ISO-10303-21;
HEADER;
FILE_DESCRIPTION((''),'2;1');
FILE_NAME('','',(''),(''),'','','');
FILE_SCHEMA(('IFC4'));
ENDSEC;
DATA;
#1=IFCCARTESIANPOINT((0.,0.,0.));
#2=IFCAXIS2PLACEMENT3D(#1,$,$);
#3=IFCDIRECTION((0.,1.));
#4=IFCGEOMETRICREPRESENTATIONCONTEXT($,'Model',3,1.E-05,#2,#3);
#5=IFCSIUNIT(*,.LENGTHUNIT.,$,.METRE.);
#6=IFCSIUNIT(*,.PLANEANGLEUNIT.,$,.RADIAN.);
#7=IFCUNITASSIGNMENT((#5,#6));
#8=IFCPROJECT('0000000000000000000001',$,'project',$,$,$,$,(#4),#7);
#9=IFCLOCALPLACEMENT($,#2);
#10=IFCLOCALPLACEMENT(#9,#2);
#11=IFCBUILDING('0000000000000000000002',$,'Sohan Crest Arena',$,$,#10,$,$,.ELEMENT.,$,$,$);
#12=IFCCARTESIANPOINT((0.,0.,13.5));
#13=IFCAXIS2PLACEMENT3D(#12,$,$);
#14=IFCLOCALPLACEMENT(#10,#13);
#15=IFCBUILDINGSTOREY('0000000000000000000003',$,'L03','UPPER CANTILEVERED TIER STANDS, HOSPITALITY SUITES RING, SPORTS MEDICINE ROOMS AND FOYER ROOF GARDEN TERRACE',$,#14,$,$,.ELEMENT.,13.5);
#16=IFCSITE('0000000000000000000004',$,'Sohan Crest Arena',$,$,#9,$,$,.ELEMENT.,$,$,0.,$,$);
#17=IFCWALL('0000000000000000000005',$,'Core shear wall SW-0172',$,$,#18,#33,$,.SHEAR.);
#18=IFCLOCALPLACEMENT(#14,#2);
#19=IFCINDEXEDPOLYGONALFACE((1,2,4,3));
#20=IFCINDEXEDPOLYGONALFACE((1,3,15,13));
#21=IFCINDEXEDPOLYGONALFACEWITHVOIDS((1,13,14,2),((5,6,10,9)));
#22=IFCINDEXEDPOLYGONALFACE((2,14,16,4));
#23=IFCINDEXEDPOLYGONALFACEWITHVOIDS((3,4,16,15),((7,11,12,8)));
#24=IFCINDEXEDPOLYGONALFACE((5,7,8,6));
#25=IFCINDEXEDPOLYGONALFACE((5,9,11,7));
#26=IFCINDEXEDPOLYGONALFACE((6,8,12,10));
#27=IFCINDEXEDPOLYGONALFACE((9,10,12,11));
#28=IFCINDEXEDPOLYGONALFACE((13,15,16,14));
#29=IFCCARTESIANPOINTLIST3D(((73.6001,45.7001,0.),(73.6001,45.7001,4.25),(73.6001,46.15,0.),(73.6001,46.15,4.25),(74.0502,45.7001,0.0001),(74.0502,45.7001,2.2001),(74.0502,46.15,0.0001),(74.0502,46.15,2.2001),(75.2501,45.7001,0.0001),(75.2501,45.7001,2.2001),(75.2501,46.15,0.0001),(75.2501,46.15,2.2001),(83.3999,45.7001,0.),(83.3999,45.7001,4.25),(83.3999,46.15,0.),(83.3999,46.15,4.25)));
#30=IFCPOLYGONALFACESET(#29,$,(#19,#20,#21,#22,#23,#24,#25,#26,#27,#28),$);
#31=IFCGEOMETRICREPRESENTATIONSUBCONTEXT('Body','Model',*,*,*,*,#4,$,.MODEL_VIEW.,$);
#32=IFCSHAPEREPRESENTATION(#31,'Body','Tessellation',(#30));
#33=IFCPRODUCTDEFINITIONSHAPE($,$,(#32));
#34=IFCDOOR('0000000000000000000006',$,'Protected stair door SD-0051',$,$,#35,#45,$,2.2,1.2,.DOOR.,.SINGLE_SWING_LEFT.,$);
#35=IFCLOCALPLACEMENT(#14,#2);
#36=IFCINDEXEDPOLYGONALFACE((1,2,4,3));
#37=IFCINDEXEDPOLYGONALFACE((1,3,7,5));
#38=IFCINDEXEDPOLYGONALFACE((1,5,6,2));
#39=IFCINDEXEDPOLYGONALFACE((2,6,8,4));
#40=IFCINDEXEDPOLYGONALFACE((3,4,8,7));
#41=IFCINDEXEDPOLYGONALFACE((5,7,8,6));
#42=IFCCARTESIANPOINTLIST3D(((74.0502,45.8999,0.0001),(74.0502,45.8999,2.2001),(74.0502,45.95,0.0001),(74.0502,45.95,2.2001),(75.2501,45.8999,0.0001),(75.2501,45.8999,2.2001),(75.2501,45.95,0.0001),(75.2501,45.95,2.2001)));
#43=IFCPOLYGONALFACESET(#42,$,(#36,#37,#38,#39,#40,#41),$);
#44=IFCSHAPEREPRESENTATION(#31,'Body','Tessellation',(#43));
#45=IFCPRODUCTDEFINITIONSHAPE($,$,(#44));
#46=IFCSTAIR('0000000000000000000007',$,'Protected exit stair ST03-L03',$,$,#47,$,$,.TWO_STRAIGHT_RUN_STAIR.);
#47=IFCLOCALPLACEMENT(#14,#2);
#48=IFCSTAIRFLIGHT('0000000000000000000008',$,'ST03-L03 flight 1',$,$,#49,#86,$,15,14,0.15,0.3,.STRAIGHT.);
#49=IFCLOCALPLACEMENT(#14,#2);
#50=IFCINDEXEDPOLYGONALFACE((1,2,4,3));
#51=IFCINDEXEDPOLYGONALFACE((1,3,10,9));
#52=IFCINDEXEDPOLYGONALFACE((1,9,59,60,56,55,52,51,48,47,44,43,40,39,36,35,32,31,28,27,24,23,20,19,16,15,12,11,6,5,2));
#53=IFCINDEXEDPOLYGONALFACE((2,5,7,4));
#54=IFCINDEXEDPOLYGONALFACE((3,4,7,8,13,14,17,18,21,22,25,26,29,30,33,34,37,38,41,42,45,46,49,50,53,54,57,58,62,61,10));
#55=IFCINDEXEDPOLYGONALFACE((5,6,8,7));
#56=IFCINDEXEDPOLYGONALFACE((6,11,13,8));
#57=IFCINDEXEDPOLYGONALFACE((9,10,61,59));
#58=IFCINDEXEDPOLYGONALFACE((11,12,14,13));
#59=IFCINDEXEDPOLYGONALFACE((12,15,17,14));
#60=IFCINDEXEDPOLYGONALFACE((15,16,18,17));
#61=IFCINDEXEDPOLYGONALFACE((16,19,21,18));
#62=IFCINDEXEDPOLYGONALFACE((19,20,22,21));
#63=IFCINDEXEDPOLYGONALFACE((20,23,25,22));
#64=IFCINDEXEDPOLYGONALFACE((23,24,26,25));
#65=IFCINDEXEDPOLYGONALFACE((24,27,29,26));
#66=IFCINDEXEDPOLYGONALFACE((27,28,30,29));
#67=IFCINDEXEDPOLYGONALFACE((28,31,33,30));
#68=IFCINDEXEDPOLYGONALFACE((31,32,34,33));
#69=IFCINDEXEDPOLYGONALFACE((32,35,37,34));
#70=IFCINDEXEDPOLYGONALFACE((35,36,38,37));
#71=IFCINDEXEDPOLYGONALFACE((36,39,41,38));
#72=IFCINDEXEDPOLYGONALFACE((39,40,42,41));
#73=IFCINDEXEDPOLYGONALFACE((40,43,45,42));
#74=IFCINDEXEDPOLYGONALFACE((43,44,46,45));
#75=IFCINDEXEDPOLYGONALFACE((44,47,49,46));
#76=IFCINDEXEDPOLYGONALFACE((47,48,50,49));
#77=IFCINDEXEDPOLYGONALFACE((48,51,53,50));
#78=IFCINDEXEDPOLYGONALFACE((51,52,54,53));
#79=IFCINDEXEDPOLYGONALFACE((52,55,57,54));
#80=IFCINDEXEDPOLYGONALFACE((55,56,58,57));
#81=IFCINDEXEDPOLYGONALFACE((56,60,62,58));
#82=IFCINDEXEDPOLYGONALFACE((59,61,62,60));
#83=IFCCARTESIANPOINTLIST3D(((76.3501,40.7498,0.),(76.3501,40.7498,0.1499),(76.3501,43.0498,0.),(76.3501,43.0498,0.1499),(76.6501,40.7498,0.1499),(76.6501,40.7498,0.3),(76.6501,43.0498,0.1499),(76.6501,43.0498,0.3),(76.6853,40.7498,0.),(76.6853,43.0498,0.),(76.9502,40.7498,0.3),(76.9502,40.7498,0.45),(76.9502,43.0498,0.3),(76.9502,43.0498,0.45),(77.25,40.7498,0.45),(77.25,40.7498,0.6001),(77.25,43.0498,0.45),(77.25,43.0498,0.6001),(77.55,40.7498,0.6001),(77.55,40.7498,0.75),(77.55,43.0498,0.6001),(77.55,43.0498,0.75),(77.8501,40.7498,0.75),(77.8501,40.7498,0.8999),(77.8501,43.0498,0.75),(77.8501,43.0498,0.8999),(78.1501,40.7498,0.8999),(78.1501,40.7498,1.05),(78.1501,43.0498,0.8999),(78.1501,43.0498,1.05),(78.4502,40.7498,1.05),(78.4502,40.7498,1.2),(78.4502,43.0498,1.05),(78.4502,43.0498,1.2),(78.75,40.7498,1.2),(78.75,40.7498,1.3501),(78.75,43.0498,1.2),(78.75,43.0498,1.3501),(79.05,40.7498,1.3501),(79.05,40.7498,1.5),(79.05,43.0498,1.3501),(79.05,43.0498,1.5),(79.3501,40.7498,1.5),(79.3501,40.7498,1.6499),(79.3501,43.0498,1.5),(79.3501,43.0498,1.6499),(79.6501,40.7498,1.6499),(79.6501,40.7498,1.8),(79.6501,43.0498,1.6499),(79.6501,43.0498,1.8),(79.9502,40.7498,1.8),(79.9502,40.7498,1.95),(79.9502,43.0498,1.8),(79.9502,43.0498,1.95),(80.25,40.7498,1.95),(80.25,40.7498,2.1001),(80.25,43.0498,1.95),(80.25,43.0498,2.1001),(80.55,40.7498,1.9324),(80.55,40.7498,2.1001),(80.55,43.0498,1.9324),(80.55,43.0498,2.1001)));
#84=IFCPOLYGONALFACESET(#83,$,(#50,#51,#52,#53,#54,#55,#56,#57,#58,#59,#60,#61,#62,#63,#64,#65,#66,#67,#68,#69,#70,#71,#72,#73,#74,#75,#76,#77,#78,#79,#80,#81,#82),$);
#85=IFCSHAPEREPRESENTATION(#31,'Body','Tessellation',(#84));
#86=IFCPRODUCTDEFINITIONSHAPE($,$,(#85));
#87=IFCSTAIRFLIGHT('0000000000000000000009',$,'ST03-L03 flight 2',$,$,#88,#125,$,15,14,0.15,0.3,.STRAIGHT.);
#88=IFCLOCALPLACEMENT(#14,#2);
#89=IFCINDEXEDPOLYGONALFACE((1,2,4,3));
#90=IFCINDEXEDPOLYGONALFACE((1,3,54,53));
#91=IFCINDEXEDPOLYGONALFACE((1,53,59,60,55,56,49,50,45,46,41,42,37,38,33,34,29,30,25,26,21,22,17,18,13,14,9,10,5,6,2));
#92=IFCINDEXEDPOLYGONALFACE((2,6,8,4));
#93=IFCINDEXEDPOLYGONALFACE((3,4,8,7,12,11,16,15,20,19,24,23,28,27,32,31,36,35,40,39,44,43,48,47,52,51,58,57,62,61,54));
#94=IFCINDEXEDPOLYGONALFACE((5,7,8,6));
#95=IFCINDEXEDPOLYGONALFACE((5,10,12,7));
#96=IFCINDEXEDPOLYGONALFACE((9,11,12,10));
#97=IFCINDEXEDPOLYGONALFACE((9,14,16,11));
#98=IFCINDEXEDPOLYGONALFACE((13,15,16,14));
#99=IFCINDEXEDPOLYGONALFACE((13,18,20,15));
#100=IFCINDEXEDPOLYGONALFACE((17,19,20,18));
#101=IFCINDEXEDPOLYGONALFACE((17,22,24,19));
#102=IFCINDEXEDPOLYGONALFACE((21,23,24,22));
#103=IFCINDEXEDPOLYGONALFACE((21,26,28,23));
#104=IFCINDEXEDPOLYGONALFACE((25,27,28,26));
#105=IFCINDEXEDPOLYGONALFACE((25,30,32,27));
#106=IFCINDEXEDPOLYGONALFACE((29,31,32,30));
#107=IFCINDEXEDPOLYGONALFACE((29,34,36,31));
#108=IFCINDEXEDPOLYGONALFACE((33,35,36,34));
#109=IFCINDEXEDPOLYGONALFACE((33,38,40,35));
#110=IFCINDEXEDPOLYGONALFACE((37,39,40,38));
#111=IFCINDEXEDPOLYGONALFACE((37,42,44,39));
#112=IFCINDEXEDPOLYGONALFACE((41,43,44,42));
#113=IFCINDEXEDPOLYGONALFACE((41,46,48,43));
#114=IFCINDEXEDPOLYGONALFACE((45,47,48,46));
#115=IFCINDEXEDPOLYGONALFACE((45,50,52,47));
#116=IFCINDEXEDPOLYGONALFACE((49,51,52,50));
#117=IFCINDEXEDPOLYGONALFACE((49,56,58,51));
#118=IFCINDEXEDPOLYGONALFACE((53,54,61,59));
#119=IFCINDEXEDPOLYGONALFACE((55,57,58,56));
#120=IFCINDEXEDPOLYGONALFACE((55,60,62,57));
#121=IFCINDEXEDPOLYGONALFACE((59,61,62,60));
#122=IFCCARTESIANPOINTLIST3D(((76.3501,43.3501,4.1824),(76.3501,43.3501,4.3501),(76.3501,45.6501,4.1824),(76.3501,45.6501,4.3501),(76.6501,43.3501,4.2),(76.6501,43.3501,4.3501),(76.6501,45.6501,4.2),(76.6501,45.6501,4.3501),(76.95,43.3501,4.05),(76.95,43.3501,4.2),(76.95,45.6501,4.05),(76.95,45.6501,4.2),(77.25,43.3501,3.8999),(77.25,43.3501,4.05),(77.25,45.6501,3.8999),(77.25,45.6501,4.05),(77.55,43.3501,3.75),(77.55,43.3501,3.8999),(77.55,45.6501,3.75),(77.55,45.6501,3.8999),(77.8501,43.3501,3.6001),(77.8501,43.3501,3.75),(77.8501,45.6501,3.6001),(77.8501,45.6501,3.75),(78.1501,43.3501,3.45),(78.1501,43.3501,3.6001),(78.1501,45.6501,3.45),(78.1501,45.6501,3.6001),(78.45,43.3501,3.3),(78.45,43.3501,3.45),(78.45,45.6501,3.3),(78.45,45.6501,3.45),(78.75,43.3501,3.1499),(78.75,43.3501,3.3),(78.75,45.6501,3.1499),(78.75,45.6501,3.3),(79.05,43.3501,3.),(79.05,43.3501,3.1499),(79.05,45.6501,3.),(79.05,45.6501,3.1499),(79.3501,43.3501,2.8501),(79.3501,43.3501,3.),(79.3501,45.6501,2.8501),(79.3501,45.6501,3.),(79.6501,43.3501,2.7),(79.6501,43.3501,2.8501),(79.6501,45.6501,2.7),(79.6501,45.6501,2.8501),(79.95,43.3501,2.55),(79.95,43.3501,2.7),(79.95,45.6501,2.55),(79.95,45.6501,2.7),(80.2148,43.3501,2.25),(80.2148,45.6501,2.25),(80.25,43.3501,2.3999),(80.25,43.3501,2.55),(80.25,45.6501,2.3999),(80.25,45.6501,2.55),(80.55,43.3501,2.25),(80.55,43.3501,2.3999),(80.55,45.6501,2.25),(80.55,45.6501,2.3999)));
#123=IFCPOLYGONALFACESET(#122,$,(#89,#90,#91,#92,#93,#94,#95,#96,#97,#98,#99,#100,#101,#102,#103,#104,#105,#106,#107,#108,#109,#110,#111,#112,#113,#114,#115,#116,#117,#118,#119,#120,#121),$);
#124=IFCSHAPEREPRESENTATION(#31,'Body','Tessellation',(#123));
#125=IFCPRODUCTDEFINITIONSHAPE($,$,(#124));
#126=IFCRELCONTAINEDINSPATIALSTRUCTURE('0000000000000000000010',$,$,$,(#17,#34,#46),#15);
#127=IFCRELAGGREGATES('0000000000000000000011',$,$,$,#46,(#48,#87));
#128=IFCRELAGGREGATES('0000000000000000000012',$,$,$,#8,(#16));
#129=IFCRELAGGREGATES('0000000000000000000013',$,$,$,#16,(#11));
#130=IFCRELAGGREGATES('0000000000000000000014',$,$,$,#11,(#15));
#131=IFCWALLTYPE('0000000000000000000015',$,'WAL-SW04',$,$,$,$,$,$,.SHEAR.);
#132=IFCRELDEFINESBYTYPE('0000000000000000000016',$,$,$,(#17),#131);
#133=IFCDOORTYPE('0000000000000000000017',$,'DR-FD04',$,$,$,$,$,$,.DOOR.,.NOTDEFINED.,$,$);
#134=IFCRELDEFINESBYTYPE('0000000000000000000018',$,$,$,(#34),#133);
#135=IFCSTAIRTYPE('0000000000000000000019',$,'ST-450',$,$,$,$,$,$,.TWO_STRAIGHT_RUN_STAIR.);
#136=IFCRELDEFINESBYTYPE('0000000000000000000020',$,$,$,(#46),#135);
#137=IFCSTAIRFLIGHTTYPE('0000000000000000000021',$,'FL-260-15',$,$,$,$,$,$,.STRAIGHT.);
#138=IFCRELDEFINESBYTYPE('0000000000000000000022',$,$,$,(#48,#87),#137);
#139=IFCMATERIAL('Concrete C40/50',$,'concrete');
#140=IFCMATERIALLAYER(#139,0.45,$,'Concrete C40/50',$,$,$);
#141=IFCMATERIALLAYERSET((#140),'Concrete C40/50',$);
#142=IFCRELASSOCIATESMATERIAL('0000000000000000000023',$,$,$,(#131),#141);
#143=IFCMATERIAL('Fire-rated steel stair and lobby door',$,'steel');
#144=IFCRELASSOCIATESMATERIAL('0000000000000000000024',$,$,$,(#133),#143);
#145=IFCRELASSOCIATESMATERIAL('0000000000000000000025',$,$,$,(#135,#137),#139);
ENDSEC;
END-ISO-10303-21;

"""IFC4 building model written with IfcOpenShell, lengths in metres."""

from ifc_helpers import new_model, si_unit, direction, frame, frame_2d, origin, place, context, subcontext, project, spatial, polyline, rectangle, outline, extrude, material, layer, layer_set, type_object, element, fill, aggregate, save


model = new_model("IFC4")

# Units and contexts
model_context = context("Model", 3, precision=1e-05, world=origin(), true_north=direction((0.0, 1.0)))
body_context = subcontext(model_context, "Body", "Model", "MODEL_VIEW")
ifc_project = project(units=[si_unit("LENGTHUNIT", "METRE"), si_unit("PLANEANGLEUNIT", "RADIAN")], contexts=[model_context])

# Site, building, storey
site_placement = place(None, origin())
site = spatial("IfcSite", under=ifc_project, at=site_placement, Name="Sohan Crest Arena", CompositionType="ELEMENT", RefElevation=0.0)
building_placement = place(site_placement, origin())
building = spatial("IfcBuilding", under=site, at=building_placement, Name="Sohan Crest Arena", CompositionType="ELEMENT")
storey_placement = place(building_placement, frame((0.0, 0.0, 13.5)))
storey = spatial("IfcBuildingStorey", under=building, at=storey_placement, Name="L03", Description="UPPER CANTILEVERED TIER STANDS, HOSPITALITY SUITES RING, SPORTS MEDICINE ROOMS AND FOYER ROOF GARDEN TERRACE", CompositionType="ELEMENT", Elevation=13.5)

# Shared definitions
ifc_material_1 = material(Name="Concrete C40/50", Category="concrete")
ifc_layer_1 = layer(ifc_material_1, 0.45, Name="Concrete C40/50")
ifc_layer_set_1 = layer_set([ifc_layer_1], Name="Concrete C40/50")
wall_type = type_object("IfcWallType", Name="WAL-SW04", PredefinedType="SHEAR", material=ifc_layer_set_1)

# Wall, opening, door
wall_1_placement = place(storey_placement, frame((73.6001, 45.925, 0.0), z_axis=(0.0, 0.0, 1.0), x_axis=(1.0, 0.0, 0.0)))
wall_1 = element("IfcWall", 1, at=wall_1_placement, inside=storey, type_object=wall_type, Name="Core shear wall SW-0172", PredefinedType="SHEAR", context=body_context, shape_type="SweptSolid", body=[
    extrude(rectangle(XDim=9.7998, YDim=0.45, at=frame_2d((4.8999, 0.0))), origin(), (0.0, 0.0, 1.0), 4.25),
])
opening_placement = place(wall_1_placement, frame((0.45, 0.0, 0.0)))
opening = element("IfcOpeningElement", 2, at=opening_placement, cuts=wall_1, PredefinedType="OPENING", context=body_context, shape_type="SweptSolid", body=[
    extrude(rectangle(XDim=1.2, YDim=2.2, at=frame_2d((0.6001, 1.1001))), frame((0.0, 0.2349, 0.0), z_axis=(0.0, -1.0, 0.0), x_axis=(1.0, 0.0, 0.0)), (0.0, 0.0, 1.0), 0.47),
])
ifc_material_2 = material(Name="Fire-rated steel stair and lobby door", Category="steel")
door_type = type_object("IfcDoorType", Name="DR-FD04", OperationType="NOTDEFINED", PredefinedType="DOOR", material=ifc_material_2)
door_placement = place(opening_placement, origin())
door = element("IfcDoor", 3, at=door_placement, inside=storey, type_object=door_type, Name="Protected stair door SD-0051", OperationType="SINGLE_SWING_LEFT", OverallHeight=2.2, OverallWidth=1.2, PredefinedType="DOOR", context=body_context, shape_type="SweptSolid", body=[
    extrude(rectangle(XDim=1.2, YDim=2.2, at=frame_2d((0.6001, 1.1001))), frame((0.0, 0.0249, 0.0), z_axis=(0.0, -1.0, 0.0), x_axis=(1.0, 0.0, 0.0)), (0.0, 0.0, 1.0), 0.05),
])
fill(opening, door)

# Stair, stair flights
stair_type = type_object("IfcStairType", Name="ST-450", PredefinedType="TWO_STRAIGHT_RUN_STAIR", material=ifc_material_1)
stair_placement = place(storey_placement, origin())
stair = element("IfcStair", 4, at=stair_placement, inside=storey, type_object=stair_type, Name="Protected exit stair ST03-L03", PredefinedType="TWO_STRAIGHT_RUN_STAIR")
stair_flight_type = type_object("IfcStairFlightType", Name="FL-260-15", PredefinedType="STRAIGHT", material=ifc_material_1)
stair_flight_1_placement = place(storey_placement, frame((76.3501, 41.8999, 0.0), z_axis=(0.0, 0.0, 1.0), x_axis=(1.0, 0.0, 0.0)))
stair_flight_1 = element("IfcStairFlight", 5, at=stair_flight_1_placement, type_object=stair_flight_type, Name="ST03-L03 flight 1", NumberOfRisers=15, NumberOfTreads=14, PredefinedType="STRAIGHT", RiserHeight=0.15, TreadLength=0.3, context=body_context, shape_type="SweptSolid", body=[
    extrude(outline(polyline([(0.0, 0.0), (0.0, 0.1499), (0.3, 0.1499), (0.3, 0.3), (0.6001, 0.3), (0.6001, 0.45), (0.8999, 0.45), (0.8999, 0.6001), (1.2, 0.6001), (1.2, 0.75), (1.5, 0.75), (1.5, 0.8999), (1.8, 0.8999), (1.8, 1.05), (2.1001, 1.05), (2.1001, 1.2), (2.3999, 1.2), (2.3999, 1.3501), (2.7, 1.3501), (2.7, 1.5), (3.0, 1.5), (3.0, 1.6499), (3.3, 1.6499), (3.3, 1.8), (3.6001, 1.8), (3.6001, 1.95), (3.8999, 1.95), (3.8999, 2.1001), (4.2, 2.1001), (4.2, 2.25), (4.2, 1.9324), (0.3352, 0.0), (0.0, 0.0)])), frame((0.0, 1.1499, 0.0), z_axis=(0.0, -1.0, 0.0), x_axis=(1.0, 0.0, 0.0)), (0.0, 0.0, 1.0), 2.3),
])
stair_flight_2_placement = place(storey_placement, frame((80.55, 44.5, 2.25), z_axis=(0.0, 0.0, 1.0), x_axis=(-1.0, 0.0, 0.0)))
stair_flight_2 = element("IfcStairFlight", 6, at=stair_flight_2_placement, type_object=stair_flight_type, Name="ST03-L03 flight 2", NumberOfRisers=15, NumberOfTreads=14, PredefinedType="STRAIGHT", RiserHeight=0.15, TreadLength=0.3, context=body_context, shape_type="SweptSolid", body=[
    extrude(outline(polyline([(0.0, 0.0), (0.0, 0.1499), (0.3, 0.1499), (0.3, 0.3), (0.6001, 0.3), (0.6001, 0.45), (0.8999, 0.45), (0.8999, 0.6001), (1.2, 0.6001), (1.2, 0.75), (1.5, 0.75), (1.5, 0.8999), (1.8, 0.8999), (1.8, 1.05), (2.1001, 1.05), (2.1001, 1.2), (2.3999, 1.2), (2.3999, 1.3501), (2.7, 1.3501), (2.7, 1.5), (3.0, 1.5), (3.0, 1.6499), (3.3, 1.6499), (3.3, 1.8), (3.6001, 1.8), (3.6001, 1.95), (3.8999, 1.95), (3.8999, 2.1001), (4.2, 2.1001), (4.2, 2.25), (4.2, 1.9324), (0.3352, 0.0), (0.0, 0.0)])), frame((0.0, 1.1499, 0.0), z_axis=(0.0, -1.0, 0.0), x_axis=(1.0, 0.0, 0.0)), (0.0, 0.0, 1.0), 2.3),
])
aggregate(stair, [stair_flight_1, stair_flight_2])

save(model, "model.ifc")
